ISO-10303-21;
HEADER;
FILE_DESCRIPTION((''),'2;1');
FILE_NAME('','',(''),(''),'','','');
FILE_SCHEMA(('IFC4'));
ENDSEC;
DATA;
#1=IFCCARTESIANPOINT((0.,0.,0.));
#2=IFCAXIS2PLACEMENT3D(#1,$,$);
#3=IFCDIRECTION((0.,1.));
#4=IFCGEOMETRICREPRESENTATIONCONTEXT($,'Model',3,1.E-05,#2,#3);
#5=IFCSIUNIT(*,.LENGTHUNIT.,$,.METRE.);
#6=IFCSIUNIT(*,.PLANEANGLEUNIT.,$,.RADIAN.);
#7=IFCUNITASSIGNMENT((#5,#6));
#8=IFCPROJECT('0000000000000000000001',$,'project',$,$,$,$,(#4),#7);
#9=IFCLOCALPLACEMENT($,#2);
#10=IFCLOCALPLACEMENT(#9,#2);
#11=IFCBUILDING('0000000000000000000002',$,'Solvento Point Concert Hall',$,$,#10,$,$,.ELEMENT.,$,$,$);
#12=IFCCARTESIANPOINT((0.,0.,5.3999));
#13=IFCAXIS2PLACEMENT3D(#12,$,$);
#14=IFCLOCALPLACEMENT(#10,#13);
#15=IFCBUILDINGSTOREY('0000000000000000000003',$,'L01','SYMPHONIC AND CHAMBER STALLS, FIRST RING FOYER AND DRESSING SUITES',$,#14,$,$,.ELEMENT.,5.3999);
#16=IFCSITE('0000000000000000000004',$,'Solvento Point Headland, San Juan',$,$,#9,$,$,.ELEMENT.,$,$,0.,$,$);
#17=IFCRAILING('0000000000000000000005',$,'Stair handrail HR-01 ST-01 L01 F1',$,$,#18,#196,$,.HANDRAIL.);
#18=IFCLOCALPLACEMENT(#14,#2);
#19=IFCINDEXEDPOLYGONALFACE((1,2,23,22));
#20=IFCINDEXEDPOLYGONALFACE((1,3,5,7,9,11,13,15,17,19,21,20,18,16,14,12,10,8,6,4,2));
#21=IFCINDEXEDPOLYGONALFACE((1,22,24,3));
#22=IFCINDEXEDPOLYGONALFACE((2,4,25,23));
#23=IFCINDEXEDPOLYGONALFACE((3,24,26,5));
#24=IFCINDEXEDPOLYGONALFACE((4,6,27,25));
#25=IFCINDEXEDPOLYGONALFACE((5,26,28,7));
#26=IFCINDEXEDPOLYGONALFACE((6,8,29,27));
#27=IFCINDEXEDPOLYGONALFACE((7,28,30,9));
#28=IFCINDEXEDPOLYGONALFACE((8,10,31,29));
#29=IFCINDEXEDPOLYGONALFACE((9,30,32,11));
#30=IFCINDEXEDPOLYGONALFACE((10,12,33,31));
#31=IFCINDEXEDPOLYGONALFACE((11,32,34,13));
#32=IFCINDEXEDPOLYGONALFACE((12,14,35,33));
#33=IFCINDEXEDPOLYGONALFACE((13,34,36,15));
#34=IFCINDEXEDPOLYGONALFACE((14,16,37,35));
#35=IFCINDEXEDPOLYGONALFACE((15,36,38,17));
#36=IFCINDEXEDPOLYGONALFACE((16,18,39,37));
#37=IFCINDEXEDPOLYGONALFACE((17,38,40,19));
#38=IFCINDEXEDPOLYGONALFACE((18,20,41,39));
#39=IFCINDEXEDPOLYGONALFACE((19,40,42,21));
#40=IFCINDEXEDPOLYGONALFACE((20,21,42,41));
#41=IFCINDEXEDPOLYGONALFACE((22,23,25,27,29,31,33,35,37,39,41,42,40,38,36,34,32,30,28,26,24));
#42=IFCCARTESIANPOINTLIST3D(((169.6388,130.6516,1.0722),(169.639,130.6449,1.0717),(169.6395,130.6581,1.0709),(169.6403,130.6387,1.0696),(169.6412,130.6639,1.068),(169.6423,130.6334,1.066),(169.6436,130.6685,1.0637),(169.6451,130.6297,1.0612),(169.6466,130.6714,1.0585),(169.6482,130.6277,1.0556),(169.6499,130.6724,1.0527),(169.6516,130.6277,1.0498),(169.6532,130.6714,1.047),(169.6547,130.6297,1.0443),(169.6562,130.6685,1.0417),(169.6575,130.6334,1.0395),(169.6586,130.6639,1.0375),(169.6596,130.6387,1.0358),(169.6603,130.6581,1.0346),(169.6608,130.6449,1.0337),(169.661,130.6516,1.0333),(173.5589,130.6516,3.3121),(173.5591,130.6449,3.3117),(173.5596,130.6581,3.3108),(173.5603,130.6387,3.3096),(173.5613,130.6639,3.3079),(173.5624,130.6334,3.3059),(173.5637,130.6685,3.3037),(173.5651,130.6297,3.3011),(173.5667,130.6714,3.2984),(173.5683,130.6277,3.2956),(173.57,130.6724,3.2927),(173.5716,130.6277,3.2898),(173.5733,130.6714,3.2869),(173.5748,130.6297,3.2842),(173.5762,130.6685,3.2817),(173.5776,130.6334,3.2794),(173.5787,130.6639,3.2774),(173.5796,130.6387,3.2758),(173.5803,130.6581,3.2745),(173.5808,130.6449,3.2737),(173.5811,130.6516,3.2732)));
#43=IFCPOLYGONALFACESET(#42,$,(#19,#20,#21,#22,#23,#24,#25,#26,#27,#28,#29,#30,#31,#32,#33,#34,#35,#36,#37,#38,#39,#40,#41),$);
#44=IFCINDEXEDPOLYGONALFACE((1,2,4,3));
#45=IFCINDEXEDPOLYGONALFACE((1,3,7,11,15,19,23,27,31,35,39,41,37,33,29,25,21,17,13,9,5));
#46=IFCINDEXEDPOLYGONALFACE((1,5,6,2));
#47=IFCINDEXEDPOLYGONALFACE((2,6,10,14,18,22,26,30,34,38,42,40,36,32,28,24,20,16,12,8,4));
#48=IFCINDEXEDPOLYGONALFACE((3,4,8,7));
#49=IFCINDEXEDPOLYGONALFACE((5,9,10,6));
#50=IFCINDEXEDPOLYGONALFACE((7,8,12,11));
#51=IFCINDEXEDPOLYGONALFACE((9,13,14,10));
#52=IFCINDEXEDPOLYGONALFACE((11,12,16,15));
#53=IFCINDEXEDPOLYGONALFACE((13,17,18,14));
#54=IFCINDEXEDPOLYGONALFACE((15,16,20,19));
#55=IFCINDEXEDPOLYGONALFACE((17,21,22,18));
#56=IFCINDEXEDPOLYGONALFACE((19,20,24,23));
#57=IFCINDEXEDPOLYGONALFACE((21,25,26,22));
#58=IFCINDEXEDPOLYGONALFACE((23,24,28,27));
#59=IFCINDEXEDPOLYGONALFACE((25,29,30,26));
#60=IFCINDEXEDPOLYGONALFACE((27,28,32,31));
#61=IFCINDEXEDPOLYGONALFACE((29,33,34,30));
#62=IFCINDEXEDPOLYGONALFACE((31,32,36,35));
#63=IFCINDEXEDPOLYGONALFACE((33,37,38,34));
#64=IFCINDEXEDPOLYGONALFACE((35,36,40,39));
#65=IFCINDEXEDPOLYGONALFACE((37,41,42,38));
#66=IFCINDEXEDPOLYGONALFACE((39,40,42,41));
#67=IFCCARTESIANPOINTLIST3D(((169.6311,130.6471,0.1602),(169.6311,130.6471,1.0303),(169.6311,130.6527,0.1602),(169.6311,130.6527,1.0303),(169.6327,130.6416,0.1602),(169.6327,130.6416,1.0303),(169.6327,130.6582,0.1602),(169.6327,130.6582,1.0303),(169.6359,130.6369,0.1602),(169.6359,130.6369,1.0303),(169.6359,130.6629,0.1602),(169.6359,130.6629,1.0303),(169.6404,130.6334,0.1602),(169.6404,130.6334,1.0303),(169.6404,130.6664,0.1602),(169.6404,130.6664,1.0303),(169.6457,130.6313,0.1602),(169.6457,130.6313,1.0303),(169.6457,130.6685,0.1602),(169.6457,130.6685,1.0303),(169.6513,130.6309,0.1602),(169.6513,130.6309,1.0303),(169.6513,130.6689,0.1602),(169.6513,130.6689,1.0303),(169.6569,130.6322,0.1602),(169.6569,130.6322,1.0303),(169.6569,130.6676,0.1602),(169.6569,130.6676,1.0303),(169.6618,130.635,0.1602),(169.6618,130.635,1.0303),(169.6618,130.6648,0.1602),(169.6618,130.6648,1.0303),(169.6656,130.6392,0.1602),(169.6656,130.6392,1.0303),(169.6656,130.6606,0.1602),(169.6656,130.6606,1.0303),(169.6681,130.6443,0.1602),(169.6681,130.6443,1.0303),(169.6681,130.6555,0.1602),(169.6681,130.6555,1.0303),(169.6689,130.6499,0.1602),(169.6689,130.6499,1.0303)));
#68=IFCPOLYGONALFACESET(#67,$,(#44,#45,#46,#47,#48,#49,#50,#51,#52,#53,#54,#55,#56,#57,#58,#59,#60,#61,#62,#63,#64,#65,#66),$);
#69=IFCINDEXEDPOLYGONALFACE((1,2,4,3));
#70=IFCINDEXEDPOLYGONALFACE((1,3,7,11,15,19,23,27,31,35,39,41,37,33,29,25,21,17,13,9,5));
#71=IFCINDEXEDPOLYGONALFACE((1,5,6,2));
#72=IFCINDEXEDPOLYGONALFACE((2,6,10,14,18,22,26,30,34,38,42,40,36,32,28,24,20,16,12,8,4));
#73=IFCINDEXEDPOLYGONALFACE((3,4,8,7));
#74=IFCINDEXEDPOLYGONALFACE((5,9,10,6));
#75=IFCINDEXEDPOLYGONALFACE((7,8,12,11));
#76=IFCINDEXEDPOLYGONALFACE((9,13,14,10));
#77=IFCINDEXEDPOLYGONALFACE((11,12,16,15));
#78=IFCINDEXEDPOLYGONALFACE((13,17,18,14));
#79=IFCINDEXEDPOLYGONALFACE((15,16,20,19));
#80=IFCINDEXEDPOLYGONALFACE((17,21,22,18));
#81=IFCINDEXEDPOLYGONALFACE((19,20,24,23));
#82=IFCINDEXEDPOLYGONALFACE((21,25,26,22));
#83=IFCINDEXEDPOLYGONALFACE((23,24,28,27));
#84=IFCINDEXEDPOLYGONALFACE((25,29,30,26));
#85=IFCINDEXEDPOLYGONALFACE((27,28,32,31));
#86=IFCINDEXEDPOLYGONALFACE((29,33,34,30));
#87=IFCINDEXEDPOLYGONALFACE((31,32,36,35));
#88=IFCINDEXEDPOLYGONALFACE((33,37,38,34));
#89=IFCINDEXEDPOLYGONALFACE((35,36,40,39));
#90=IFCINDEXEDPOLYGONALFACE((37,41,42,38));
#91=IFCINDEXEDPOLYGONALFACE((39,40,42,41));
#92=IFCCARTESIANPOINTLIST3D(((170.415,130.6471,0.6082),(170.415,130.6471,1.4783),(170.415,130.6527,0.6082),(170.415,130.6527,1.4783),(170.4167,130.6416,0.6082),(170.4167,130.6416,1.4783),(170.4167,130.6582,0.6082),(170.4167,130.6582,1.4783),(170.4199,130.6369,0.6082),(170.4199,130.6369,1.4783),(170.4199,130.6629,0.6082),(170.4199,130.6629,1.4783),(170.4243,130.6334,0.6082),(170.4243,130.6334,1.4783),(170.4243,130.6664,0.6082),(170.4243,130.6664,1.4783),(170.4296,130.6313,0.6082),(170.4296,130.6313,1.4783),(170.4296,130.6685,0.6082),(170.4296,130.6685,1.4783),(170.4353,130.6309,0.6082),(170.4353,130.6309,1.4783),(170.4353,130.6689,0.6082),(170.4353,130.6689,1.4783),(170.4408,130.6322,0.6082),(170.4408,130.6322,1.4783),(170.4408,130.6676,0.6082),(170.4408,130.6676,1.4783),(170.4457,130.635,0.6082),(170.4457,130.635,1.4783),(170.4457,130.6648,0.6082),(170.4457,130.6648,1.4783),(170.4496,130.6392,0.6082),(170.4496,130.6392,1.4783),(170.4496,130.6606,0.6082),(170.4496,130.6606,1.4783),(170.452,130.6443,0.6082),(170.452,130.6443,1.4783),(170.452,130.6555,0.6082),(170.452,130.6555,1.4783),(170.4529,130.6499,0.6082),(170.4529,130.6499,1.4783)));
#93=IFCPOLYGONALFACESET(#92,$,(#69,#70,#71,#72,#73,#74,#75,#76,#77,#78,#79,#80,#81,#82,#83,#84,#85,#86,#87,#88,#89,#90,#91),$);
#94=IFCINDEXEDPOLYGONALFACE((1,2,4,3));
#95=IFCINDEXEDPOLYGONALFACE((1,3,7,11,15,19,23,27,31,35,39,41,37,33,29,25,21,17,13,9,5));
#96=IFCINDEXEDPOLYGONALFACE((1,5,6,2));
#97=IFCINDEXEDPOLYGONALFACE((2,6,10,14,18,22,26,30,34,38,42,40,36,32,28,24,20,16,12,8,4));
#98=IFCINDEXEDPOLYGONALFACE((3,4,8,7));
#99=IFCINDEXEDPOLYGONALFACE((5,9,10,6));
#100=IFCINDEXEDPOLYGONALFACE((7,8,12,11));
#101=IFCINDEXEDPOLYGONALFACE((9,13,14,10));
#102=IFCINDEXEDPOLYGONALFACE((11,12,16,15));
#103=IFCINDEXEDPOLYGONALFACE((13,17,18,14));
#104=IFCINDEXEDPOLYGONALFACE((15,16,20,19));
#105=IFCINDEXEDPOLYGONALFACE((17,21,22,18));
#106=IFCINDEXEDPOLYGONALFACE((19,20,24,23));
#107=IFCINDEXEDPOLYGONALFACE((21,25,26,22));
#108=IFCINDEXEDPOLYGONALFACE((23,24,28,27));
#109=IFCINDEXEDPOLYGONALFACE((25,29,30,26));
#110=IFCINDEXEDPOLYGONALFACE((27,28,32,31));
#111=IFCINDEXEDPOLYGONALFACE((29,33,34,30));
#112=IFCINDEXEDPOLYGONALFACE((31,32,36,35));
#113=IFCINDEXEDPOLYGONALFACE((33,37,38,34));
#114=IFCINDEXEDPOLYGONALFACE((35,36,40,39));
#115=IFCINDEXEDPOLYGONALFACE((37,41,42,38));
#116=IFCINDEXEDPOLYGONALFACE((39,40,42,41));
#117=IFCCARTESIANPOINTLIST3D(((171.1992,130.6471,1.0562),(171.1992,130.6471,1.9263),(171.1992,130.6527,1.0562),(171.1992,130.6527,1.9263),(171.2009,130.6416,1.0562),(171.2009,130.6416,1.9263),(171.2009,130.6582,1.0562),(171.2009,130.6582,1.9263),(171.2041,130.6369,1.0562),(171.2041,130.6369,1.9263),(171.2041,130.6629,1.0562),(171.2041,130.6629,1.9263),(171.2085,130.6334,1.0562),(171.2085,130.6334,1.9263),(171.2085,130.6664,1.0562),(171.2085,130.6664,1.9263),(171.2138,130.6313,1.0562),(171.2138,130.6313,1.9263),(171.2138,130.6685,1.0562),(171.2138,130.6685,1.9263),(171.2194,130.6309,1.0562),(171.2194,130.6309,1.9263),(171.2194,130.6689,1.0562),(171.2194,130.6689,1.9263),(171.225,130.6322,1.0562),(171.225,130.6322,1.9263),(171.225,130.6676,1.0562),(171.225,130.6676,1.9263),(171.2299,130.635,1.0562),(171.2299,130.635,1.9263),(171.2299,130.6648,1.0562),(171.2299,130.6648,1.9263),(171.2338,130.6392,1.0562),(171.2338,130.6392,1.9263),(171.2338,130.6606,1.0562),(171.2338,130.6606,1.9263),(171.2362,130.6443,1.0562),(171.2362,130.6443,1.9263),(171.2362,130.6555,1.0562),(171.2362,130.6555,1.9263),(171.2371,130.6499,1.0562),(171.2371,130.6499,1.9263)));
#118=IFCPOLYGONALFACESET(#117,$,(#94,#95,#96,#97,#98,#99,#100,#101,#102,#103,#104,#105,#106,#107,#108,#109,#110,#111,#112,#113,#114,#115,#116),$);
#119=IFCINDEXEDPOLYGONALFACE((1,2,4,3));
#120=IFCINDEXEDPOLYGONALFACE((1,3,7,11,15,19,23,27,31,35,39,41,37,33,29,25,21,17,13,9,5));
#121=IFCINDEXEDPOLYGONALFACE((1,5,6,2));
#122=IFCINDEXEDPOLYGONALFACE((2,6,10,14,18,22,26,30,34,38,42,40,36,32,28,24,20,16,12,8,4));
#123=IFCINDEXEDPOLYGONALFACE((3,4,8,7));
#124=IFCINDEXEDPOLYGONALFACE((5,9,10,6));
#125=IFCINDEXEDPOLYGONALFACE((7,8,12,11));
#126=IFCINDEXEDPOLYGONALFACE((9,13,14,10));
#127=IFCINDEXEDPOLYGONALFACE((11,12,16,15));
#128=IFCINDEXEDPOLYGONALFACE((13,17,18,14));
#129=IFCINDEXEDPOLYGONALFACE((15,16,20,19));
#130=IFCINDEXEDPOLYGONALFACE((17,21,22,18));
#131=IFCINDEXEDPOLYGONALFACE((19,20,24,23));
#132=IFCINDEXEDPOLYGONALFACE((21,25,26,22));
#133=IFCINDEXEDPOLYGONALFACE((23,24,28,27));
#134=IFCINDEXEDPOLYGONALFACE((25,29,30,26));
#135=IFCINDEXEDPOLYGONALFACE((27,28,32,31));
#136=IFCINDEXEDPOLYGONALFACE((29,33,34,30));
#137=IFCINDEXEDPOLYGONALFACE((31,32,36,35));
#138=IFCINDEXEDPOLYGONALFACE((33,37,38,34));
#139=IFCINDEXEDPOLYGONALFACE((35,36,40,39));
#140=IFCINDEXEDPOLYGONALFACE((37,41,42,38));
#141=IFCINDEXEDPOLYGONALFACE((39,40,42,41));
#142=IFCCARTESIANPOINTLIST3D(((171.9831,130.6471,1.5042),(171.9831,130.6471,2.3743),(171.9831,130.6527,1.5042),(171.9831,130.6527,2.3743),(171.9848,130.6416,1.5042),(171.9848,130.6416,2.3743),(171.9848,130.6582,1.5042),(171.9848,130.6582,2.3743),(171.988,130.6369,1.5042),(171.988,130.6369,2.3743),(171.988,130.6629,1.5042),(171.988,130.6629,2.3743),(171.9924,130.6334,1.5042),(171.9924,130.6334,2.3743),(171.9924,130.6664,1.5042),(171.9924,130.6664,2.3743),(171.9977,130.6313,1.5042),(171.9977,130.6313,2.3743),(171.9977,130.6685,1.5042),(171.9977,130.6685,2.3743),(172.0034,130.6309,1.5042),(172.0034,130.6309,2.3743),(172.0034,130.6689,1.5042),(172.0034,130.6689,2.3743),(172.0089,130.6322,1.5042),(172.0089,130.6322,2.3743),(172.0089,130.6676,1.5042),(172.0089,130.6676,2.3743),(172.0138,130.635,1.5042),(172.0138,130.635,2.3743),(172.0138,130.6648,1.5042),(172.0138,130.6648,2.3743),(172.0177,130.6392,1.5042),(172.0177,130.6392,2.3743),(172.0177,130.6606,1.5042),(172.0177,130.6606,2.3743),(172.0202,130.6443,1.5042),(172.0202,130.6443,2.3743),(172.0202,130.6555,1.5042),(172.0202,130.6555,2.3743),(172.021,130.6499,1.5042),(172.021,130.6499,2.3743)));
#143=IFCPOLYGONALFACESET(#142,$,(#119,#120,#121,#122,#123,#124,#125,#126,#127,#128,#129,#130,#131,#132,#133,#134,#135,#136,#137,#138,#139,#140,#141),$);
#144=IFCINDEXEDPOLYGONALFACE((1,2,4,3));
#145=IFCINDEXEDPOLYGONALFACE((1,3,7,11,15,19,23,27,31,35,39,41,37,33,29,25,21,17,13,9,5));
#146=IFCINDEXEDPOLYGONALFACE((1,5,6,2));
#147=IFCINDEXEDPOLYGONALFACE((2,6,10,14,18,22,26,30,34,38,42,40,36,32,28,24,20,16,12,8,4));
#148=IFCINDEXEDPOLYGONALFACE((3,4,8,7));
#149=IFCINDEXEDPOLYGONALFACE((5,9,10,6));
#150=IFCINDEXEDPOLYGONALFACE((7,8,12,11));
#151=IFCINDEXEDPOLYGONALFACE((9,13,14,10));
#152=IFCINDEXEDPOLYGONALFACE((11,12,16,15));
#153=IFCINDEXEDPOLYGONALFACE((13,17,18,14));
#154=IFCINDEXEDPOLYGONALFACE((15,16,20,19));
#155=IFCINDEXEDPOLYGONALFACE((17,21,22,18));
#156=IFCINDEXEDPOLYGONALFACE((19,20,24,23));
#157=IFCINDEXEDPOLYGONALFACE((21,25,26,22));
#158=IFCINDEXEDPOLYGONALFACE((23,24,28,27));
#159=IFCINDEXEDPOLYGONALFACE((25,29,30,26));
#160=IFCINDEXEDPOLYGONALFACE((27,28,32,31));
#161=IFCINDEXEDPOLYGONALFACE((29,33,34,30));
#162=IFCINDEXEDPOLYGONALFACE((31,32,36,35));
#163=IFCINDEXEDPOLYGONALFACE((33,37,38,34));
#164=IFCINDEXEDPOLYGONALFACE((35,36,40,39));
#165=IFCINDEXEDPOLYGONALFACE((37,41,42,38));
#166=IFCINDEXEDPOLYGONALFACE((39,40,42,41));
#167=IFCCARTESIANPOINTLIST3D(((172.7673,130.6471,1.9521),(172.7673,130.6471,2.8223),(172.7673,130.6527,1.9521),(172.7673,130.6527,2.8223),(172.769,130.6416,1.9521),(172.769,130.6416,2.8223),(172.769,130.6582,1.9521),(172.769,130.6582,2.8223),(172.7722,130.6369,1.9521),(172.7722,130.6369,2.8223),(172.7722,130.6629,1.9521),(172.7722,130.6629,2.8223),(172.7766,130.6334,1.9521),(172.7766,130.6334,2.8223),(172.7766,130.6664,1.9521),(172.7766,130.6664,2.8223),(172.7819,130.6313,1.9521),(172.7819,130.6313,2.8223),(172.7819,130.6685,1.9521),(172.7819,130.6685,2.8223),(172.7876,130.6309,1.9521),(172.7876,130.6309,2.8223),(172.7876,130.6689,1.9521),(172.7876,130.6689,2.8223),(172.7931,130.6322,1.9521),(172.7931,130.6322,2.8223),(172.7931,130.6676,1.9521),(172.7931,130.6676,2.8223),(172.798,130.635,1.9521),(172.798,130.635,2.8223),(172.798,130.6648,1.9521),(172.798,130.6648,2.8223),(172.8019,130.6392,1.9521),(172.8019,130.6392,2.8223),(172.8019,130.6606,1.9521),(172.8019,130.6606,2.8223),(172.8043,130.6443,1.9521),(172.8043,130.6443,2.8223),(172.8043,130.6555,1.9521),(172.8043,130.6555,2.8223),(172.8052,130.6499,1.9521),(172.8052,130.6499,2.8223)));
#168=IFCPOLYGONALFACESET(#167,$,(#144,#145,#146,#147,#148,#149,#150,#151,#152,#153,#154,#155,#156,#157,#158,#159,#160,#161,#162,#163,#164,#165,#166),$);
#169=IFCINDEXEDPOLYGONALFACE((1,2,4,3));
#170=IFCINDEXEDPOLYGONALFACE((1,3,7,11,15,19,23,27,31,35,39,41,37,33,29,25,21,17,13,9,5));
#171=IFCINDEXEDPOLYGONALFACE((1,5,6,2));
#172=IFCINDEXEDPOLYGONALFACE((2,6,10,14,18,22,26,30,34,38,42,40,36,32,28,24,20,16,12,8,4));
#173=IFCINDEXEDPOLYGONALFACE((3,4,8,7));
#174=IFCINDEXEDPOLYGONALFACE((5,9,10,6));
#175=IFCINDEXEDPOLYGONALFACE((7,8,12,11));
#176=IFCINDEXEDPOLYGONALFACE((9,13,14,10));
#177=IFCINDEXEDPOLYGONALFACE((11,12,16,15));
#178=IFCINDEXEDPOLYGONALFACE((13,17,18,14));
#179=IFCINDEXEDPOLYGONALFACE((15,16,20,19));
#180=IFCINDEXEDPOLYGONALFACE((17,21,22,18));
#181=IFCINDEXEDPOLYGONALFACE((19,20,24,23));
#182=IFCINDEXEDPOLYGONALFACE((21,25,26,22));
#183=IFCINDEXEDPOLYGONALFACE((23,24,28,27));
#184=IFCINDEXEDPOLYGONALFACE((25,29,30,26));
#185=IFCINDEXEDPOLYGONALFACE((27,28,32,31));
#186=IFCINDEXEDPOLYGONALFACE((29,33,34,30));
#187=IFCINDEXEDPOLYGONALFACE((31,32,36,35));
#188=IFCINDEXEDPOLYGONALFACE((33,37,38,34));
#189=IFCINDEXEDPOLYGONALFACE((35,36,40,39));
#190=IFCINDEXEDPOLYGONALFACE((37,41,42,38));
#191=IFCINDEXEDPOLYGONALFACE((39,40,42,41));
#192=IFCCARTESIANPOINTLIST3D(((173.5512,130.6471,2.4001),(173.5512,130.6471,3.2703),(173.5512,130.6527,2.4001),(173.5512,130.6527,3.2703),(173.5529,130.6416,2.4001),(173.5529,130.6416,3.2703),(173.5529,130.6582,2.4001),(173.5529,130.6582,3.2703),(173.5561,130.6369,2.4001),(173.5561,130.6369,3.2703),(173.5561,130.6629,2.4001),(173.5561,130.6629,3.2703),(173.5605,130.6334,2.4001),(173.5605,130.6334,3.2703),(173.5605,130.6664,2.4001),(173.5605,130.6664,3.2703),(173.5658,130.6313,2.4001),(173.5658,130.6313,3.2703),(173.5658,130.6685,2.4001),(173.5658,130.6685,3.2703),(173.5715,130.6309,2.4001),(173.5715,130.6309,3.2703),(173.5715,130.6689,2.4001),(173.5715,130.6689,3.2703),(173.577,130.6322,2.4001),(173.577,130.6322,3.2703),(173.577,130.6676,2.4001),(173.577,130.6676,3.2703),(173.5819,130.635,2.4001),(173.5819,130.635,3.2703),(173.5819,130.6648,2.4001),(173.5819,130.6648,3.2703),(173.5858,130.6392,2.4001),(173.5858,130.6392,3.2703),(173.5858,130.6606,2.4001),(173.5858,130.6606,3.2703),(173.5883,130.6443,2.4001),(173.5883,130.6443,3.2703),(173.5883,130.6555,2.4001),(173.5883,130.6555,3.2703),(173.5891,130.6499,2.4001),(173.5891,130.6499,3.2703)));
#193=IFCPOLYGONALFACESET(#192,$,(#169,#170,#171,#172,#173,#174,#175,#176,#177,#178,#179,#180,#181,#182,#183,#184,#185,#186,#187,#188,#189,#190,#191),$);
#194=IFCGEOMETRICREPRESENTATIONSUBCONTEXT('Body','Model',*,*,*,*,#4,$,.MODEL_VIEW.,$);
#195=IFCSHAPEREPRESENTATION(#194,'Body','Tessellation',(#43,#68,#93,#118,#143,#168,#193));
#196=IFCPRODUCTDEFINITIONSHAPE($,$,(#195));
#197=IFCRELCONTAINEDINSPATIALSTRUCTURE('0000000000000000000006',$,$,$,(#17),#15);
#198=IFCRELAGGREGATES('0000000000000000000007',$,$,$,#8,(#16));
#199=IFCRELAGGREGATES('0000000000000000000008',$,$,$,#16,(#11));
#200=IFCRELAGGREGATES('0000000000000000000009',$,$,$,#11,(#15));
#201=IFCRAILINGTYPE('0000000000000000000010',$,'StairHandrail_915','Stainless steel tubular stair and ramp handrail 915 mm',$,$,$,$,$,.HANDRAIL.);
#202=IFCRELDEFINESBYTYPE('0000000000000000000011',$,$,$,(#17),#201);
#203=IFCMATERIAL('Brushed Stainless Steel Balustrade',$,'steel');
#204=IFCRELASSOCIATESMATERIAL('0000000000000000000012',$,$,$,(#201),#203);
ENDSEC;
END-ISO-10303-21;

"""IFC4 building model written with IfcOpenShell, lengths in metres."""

from ifc_helpers import new_model, si_unit, direction, frame, origin, origin_2d, place, context, subcontext, project, spatial, circle, extrude, material, type_object, element, save


model = new_model("IFC4")

# Units and contexts
model_context = context("Model", 3, precision=1e-05, world=origin(), true_north=direction((0.0, 1.0)))
body_context = subcontext(model_context, "Body", "Model", "MODEL_VIEW")
ifc_project = project(units=[si_unit("LENGTHUNIT", "METRE"), si_unit("PLANEANGLEUNIT", "RADIAN")], contexts=[model_context])

# Site, building, storey
site_placement = place(None, origin())
site = spatial("IfcSite", under=ifc_project, at=site_placement, Name="Solvento Point Headland, San Juan", CompositionType="ELEMENT", RefElevation=0.0)
building_placement = place(site_placement, origin())
building = spatial("IfcBuilding", under=site, at=building_placement, Name="Solvento Point Concert Hall", CompositionType="ELEMENT")
storey_placement = place(building_placement, frame((0.0, 0.0, 5.3999)))
storey = spatial("IfcBuildingStorey", under=building, at=storey_placement, Name="L01", Description="SYMPHONIC AND CHAMBER STALLS, FIRST RING FOYER AND DRESSING SUITES", CompositionType="ELEMENT", Elevation=5.3999)

# Railing
ifc_material_1 = material(Name="Brushed Stainless Steel Balustrade", Category="steel")
railing_type_1 = type_object("IfcRailingType", Name="StairHandrail_915", Description="Stainless steel tubular stair and ramp handrail 915 mm", PredefinedType="HANDRAIL", material=ifc_material_1)
railing_1_placement = place(storey_placement, frame((169.6499, 130.6499, 0.1602)))
element("IfcRailing", 1, at=railing_1_placement, inside=storey, type_object=railing_type_1, Name="Stair handrail HR-01 ST-01 L01 F1", PredefinedType="HANDRAIL", context=body_context, shape_type="SweptSolid", body=[
    extrude(circle(Radius=0.0225, at=origin_2d()), frame((0.0, 0.0, 0.8926), z_axis=(0.868253, 0.0, 0.496121), x_axis=(0.0, 1.0, 0.0)), (0.0, 0.0, 1.0), 4.5149),
    extrude(circle(Radius=0.019, at=origin_2d()), origin(), (0.0, 0.0, 1.0), 0.8701),
    extrude(circle(Radius=0.019, at=origin_2d()), frame((0.7839, 0.0, 0.448)), (0.0, 0.0, 1.0), 0.8701),
    extrude(circle(Radius=0.019, at=origin_2d()), frame((1.5681, 0.0, 0.896)), (0.0, 0.0, 1.0), 0.8701),
    extrude(circle(Radius=0.019, at=origin_2d()), frame((2.3521, 0.0, 1.344)), (0.0, 0.0, 1.0), 0.8701),
    extrude(circle(Radius=0.019, at=origin_2d()), frame((3.1362, 0.0, 1.792)), (0.0, 0.0, 1.0), 0.8701),
    extrude(circle(Radius=0.019, at=origin_2d()), frame((3.9202, 0.0, 2.24)), (0.0, 0.0, 1.0), 0.8701),
])

save(model, "model.ifc")
